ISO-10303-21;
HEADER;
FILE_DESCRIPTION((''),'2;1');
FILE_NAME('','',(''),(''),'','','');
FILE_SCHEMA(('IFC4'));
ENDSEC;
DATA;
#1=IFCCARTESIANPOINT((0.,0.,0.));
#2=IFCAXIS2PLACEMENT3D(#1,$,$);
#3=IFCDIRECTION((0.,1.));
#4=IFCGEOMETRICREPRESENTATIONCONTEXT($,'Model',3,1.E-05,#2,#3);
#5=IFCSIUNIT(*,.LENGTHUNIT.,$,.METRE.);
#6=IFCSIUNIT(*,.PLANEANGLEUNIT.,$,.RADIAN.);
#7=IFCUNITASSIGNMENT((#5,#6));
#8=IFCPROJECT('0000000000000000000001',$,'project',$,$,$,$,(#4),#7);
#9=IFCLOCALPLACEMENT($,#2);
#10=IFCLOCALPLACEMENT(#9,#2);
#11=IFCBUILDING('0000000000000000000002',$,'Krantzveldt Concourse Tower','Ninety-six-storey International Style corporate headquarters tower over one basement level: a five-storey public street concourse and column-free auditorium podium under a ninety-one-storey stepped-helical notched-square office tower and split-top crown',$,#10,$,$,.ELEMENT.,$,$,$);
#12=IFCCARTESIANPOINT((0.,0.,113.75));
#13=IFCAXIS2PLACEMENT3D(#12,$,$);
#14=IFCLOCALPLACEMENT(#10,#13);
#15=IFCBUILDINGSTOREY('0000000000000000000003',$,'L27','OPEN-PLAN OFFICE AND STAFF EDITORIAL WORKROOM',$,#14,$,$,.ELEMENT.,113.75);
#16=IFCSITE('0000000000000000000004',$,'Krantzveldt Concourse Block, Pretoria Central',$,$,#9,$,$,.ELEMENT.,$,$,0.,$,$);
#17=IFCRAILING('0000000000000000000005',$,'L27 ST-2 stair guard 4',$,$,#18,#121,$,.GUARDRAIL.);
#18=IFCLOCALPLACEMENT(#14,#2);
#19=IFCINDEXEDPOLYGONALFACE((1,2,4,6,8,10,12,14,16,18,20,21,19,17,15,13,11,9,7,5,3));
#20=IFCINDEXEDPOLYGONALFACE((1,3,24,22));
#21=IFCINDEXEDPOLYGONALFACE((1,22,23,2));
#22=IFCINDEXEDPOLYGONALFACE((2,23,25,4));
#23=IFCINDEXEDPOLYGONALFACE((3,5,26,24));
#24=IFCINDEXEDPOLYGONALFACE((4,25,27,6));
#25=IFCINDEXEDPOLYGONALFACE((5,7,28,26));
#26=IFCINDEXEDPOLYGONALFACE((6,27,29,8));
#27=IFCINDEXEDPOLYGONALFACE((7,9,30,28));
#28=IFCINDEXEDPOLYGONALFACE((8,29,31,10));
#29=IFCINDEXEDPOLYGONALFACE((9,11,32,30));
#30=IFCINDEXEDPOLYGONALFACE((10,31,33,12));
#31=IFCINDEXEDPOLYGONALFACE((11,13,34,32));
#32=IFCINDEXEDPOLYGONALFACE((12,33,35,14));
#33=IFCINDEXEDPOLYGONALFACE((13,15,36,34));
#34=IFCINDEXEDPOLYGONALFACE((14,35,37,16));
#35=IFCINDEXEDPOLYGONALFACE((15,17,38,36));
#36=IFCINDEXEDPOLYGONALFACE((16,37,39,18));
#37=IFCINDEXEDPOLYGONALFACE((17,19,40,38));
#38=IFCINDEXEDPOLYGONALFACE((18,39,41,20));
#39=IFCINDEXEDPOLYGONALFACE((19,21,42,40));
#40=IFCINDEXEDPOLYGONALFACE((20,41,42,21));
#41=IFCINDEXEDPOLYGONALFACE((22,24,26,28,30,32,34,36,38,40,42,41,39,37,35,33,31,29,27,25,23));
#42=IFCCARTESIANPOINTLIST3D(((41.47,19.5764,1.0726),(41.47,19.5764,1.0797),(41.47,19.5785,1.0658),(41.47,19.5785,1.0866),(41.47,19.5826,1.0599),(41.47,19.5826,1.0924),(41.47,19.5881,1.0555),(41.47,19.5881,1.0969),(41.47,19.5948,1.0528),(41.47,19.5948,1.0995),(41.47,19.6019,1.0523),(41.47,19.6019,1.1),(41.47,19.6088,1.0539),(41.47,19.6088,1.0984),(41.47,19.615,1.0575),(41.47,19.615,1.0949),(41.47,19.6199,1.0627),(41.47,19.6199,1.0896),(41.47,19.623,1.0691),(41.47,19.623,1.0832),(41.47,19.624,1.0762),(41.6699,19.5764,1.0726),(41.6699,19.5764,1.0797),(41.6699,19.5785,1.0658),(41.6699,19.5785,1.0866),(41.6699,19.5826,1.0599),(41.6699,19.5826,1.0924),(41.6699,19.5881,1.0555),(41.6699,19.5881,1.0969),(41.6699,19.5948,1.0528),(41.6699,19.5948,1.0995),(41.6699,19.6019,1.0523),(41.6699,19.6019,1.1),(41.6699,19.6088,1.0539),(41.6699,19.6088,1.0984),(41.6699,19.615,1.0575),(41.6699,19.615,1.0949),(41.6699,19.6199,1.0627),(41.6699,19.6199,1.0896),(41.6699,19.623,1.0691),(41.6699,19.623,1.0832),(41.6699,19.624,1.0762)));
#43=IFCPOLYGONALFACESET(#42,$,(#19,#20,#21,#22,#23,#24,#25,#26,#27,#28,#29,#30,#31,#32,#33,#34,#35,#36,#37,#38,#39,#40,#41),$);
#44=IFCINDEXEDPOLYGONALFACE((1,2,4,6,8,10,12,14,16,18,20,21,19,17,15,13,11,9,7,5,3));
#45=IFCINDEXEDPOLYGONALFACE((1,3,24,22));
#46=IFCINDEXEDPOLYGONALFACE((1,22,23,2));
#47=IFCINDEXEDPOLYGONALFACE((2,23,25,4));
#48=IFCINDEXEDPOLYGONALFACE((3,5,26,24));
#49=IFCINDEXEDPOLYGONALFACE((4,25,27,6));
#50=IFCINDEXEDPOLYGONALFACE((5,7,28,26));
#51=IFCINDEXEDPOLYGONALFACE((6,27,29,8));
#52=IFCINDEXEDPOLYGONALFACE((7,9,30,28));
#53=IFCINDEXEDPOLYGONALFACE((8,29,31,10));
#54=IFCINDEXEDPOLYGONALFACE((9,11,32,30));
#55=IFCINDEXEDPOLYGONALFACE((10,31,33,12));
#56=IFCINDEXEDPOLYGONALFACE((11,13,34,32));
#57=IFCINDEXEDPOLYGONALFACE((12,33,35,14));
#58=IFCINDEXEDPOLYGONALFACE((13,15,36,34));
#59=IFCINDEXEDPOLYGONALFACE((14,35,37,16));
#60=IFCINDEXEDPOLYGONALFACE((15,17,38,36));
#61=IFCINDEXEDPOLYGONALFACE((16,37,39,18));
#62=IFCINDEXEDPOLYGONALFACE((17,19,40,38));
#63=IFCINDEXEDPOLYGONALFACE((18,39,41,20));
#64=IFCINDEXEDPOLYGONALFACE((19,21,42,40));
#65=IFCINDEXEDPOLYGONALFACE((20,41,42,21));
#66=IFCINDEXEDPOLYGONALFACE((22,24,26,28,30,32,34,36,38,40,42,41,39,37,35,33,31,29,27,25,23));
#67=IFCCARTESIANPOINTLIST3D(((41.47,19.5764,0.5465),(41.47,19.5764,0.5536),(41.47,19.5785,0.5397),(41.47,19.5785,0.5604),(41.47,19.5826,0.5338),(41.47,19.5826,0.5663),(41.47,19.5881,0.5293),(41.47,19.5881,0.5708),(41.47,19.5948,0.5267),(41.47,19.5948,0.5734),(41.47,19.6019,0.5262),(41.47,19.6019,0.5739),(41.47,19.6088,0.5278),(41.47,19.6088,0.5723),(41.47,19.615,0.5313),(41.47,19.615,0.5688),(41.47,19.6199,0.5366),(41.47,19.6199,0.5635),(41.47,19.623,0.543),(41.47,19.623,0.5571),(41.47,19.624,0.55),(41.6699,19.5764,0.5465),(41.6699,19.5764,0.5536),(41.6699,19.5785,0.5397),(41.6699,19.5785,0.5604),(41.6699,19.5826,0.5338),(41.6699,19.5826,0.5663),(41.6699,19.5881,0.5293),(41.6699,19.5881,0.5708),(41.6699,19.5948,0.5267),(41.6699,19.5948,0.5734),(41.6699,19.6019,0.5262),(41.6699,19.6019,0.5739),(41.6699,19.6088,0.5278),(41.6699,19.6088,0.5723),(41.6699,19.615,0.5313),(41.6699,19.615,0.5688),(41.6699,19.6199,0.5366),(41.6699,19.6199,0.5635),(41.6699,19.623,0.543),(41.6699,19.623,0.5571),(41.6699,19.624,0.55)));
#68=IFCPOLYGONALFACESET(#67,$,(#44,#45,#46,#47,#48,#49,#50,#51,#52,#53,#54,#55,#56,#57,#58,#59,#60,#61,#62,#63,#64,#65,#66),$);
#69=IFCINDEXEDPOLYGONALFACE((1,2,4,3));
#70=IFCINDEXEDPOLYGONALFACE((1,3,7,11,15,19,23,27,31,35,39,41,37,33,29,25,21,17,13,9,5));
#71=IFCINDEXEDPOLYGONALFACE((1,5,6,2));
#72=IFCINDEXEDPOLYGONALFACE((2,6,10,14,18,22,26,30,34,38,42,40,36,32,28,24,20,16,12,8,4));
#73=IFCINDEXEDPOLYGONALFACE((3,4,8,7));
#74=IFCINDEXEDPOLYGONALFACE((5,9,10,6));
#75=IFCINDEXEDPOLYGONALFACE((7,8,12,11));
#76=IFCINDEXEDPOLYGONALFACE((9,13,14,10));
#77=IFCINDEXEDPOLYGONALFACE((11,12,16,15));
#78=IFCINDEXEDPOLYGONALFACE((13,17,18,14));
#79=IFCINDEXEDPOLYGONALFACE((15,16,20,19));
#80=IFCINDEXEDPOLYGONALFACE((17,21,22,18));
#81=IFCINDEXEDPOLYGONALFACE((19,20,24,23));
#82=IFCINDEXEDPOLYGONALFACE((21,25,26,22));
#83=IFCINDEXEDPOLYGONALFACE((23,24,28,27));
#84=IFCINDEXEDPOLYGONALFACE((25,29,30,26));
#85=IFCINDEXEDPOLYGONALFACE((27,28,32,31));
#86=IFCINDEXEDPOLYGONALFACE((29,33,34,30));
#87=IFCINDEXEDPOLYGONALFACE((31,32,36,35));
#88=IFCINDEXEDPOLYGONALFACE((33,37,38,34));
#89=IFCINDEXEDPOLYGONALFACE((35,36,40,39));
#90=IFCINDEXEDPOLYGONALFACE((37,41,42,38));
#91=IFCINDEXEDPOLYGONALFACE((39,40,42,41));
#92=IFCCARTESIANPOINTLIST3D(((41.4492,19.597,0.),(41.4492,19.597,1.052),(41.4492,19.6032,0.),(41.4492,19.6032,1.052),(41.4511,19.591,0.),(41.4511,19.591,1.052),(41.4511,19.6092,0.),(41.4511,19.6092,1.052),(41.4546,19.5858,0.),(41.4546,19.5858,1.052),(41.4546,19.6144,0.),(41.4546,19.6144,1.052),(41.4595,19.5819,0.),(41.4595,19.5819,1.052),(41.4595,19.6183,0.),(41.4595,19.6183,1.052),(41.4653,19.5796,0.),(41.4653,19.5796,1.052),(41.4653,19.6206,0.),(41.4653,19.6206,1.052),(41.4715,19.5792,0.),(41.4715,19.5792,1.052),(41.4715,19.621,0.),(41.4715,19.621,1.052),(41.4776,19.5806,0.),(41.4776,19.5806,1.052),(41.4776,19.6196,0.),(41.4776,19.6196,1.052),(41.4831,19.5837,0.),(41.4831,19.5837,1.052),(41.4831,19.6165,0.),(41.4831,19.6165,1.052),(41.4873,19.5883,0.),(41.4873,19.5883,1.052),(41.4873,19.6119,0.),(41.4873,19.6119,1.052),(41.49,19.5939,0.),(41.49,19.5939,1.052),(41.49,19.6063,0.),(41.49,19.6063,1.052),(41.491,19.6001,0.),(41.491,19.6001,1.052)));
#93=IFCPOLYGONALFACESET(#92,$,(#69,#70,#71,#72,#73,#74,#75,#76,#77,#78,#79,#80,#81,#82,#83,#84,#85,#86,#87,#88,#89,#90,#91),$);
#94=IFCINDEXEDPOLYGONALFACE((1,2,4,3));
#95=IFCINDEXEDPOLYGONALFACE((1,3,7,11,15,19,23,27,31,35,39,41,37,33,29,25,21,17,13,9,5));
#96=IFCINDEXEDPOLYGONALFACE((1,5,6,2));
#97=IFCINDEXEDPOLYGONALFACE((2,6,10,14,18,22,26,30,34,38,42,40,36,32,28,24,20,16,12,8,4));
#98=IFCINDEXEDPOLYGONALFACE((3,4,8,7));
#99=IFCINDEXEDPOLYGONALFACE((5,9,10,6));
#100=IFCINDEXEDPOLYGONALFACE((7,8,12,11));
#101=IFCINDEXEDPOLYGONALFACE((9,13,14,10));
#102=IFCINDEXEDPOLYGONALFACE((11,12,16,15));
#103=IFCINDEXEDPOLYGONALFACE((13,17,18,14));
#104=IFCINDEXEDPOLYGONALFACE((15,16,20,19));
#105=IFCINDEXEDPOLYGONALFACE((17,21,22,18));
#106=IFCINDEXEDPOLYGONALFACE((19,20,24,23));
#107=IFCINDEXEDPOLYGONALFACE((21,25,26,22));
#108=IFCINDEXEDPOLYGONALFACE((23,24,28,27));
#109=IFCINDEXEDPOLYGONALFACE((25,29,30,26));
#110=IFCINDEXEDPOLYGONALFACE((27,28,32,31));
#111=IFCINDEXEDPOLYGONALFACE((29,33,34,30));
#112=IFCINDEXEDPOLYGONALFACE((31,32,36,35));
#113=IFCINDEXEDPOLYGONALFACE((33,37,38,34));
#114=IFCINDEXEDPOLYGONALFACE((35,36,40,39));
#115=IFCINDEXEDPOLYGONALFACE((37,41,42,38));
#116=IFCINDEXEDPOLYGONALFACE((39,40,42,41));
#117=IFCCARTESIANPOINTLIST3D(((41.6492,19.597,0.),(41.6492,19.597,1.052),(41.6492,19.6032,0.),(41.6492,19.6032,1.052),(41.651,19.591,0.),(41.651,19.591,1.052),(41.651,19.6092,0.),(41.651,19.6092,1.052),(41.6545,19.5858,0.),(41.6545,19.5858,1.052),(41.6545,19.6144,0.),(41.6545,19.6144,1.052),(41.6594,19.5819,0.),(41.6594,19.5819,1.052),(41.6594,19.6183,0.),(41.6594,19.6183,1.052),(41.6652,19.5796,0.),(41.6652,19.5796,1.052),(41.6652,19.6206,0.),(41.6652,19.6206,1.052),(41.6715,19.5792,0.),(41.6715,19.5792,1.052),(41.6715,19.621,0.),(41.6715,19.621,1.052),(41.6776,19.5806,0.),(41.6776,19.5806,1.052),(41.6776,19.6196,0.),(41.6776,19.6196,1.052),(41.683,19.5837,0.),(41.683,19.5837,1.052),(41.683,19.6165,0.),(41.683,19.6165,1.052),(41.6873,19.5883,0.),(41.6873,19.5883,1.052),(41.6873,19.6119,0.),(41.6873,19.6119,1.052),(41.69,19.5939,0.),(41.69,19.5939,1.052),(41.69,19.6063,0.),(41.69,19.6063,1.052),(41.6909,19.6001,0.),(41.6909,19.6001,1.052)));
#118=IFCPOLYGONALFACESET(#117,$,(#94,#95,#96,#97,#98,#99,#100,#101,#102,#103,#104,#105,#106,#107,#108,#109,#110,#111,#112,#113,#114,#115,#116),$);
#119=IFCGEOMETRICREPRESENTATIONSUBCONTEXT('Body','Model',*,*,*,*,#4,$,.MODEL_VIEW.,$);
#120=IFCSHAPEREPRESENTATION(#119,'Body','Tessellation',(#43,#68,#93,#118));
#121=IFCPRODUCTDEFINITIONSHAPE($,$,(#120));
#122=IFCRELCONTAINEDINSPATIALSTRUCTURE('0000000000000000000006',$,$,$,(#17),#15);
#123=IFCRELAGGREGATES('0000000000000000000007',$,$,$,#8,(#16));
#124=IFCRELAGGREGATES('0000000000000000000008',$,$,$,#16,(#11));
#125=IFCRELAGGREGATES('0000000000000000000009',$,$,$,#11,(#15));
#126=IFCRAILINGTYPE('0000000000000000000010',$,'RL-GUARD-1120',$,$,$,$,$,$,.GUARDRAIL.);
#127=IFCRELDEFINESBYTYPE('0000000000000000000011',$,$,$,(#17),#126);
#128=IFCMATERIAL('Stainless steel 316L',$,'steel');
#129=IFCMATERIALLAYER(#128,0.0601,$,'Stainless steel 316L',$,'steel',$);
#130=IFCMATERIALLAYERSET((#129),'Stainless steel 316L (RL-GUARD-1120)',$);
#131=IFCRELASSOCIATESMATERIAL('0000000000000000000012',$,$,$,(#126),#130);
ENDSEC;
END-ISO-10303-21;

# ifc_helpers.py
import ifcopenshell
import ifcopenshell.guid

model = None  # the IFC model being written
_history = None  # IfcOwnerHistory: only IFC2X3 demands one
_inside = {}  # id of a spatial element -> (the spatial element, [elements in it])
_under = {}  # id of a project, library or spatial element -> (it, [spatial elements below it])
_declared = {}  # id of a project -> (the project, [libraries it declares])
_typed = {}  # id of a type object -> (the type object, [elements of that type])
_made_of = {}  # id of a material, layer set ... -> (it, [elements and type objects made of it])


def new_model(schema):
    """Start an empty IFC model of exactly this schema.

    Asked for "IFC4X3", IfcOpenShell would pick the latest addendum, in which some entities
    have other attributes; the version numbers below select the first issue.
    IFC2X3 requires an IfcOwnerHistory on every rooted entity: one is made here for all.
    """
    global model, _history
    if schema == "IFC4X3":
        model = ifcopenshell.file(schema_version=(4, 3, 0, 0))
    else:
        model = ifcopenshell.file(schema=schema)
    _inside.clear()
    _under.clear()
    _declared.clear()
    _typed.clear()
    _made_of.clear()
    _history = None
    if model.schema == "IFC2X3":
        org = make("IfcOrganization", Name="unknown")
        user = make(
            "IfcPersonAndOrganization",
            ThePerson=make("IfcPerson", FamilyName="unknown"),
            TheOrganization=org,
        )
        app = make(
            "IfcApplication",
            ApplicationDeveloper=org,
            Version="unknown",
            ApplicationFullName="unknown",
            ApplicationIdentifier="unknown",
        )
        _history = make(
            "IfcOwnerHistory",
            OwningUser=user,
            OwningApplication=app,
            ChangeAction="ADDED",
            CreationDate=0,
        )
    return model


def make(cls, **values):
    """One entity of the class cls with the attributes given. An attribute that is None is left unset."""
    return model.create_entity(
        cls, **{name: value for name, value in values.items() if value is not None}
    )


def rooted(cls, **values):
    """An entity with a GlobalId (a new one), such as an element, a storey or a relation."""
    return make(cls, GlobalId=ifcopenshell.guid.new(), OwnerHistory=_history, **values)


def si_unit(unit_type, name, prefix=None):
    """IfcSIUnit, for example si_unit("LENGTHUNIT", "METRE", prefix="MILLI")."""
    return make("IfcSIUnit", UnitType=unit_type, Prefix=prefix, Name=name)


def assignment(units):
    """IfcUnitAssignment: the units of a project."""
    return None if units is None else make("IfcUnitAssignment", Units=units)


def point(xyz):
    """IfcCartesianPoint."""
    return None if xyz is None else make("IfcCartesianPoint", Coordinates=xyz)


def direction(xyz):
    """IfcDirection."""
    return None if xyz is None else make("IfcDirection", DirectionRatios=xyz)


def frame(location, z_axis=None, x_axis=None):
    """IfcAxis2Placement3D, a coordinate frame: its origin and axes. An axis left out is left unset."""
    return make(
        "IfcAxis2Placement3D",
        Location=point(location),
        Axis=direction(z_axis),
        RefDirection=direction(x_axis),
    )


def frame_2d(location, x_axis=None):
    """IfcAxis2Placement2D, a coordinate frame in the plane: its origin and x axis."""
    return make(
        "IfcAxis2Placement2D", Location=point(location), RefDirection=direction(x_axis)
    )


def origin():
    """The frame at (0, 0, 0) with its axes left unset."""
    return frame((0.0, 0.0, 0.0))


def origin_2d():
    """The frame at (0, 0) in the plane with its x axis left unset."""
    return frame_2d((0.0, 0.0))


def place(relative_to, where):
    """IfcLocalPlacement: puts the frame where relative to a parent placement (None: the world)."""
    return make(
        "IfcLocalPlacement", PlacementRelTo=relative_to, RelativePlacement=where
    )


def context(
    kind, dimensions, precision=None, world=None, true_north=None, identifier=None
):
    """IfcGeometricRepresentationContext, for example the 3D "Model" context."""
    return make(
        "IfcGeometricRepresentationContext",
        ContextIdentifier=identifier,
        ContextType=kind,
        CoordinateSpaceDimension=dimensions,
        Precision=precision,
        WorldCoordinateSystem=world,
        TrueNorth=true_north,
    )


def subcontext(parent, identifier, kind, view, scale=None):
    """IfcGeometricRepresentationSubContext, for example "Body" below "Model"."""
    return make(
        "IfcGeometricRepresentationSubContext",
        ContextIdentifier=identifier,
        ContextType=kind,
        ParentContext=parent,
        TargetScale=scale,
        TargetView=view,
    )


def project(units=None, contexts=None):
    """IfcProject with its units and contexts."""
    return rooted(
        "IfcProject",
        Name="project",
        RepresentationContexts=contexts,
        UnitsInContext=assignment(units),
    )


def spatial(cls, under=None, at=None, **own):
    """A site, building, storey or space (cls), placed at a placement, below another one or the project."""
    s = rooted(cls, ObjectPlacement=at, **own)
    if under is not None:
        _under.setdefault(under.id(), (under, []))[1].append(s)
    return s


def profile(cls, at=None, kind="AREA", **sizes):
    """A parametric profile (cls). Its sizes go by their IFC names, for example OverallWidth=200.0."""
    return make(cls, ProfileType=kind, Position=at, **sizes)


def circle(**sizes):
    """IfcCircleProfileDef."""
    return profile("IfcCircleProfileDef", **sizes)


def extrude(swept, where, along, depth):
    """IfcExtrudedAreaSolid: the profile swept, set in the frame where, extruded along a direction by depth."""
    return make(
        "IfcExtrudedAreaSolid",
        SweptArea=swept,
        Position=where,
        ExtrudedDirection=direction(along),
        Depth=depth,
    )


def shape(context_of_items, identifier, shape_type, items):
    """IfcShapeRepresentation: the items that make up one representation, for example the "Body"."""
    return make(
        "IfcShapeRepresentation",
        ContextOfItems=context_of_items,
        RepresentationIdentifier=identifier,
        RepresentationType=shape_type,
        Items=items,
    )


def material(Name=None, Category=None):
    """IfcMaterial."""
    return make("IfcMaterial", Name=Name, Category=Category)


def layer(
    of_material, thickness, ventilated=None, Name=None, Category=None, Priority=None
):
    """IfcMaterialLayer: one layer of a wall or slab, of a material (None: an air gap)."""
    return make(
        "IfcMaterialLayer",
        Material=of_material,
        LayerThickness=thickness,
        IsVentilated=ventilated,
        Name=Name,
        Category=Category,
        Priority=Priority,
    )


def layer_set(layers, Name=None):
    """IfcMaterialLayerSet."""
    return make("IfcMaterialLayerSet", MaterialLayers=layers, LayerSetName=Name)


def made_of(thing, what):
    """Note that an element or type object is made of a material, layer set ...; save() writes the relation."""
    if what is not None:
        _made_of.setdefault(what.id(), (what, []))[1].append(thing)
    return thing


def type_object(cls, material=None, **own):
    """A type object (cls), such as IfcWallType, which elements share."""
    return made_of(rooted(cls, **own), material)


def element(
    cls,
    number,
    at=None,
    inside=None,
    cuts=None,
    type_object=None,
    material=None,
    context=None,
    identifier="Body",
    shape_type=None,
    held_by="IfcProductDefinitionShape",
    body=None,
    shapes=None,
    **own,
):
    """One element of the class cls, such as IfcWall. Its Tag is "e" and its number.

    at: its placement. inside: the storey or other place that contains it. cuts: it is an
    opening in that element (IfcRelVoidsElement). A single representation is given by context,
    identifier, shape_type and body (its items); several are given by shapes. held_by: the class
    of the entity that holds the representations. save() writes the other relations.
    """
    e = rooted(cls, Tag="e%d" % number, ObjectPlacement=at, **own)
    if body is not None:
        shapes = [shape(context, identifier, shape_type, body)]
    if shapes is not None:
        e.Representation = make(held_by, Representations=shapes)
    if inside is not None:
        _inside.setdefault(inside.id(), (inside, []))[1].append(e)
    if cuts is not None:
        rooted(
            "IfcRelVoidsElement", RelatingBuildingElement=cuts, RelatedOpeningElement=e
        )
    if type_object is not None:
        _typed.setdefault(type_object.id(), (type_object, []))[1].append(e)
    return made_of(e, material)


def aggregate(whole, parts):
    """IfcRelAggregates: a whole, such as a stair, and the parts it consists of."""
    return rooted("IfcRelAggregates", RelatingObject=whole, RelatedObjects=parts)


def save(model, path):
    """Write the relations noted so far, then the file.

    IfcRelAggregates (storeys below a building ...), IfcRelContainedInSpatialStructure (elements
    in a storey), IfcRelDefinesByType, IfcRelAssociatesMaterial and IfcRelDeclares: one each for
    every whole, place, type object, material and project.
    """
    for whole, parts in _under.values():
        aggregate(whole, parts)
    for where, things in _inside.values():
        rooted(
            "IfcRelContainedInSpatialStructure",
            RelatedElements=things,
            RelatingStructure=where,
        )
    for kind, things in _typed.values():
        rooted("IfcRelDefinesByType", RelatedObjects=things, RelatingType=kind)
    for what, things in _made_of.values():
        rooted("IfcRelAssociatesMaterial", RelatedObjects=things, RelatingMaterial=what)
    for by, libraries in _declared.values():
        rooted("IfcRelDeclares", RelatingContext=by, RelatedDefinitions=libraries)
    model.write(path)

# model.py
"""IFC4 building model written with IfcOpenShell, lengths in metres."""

from ifc_helpers import new_model, si_unit, direction, frame, origin, origin_2d, place, context, subcontext, project, spatial, circle, extrude, material, layer, layer_set, type_object, element, save


model = new_model("IFC4")

# Units and contexts
model_context = context("Model", 3, precision=1e-05, world=origin(), true_north=direction((0.0, 1.0)))
body_context = subcontext(model_context, "Body", "Model", "MODEL_VIEW")
ifc_project = project(units=[si_unit("LENGTHUNIT", "METRE"), si_unit("PLANEANGLEUNIT", "RADIAN")], contexts=[model_context])

# Site, building, storey
site_placement = place(None, origin())
site = spatial("IfcSite", under=ifc_project, at=site_placement, Name="Krantzveldt Concourse Block, Pretoria Central", CompositionType="ELEMENT", RefElevation=0.0)
building_placement = place(site_placement, origin())
building = spatial("IfcBuilding", under=site, at=building_placement, Name="Krantzveldt Concourse Tower", Description="Ninety-six-storey International Style corporate headquarters tower over one basement level: a five-storey public street concourse and column-free auditorium podium under a ninety-one-storey stepped-helical notched-square office tower and split-top crown", CompositionType="ELEMENT")
storey_placement = place(building_placement, frame((0.0, 0.0, 113.75)))
storey = spatial("IfcBuildingStorey", under=building, at=storey_placement, Name="L27", Description="OPEN-PLAN OFFICE AND STAFF EDITORIAL WORKROOM", CompositionType="ELEMENT", Elevation=113.75)

# Shared definitions
ifc_material_1 = material(Name="Stainless steel 316L", Category="steel")

# Railing
ifc_layer_1 = layer(ifc_material_1, 0.0601, Name="Stainless steel 316L", Category="steel")
ifc_layer_set_1 = layer_set([ifc_layer_1], Name="Stainless steel 316L (RL-GUARD-1120)")
railing_type_1 = type_object("IfcRailingType", Name="RL-GUARD-1120", PredefinedType="GUARDRAIL", material=ifc_layer_set_1)
railing_1_placement = place(storey_placement, frame((41.47, 19.6001, 0.0)))
element("IfcRailing", 1, at=railing_1_placement, inside=storey, type_object=railing_type_1, Name="L27 ST-2 stair guard 4", PredefinedType="GUARDRAIL", context=body_context, shape_type="SweptSolid", body=[
    extrude(circle(Radius=0.0239, at=origin_2d()), frame((0.0, 0.0, 1.0762), z_axis=(1.0, 0.0, 0.0), x_axis=(0.0, 1.0, 0.0)), (0.0, 0.0, 1.0), 0.2),
    extrude(circle(Radius=0.0239, at=origin_2d()), frame((0.0, 0.0, 0.55), z_axis=(1.0, 0.0, 0.0), x_axis=(0.0, 1.0, 0.0)), (0.0, 0.0, 1.0), 0.2),
    extrude(circle(Radius=0.021, at=origin_2d()), origin(), (0.0, 0.0, 1.0), 1.052),
    extrude(circle(Radius=0.021, at=origin_2d()), frame((0.2, 0.0, 0.0)), (0.0, 0.0, 1.0), 1.052),
])

save(model, "model.ifc")
